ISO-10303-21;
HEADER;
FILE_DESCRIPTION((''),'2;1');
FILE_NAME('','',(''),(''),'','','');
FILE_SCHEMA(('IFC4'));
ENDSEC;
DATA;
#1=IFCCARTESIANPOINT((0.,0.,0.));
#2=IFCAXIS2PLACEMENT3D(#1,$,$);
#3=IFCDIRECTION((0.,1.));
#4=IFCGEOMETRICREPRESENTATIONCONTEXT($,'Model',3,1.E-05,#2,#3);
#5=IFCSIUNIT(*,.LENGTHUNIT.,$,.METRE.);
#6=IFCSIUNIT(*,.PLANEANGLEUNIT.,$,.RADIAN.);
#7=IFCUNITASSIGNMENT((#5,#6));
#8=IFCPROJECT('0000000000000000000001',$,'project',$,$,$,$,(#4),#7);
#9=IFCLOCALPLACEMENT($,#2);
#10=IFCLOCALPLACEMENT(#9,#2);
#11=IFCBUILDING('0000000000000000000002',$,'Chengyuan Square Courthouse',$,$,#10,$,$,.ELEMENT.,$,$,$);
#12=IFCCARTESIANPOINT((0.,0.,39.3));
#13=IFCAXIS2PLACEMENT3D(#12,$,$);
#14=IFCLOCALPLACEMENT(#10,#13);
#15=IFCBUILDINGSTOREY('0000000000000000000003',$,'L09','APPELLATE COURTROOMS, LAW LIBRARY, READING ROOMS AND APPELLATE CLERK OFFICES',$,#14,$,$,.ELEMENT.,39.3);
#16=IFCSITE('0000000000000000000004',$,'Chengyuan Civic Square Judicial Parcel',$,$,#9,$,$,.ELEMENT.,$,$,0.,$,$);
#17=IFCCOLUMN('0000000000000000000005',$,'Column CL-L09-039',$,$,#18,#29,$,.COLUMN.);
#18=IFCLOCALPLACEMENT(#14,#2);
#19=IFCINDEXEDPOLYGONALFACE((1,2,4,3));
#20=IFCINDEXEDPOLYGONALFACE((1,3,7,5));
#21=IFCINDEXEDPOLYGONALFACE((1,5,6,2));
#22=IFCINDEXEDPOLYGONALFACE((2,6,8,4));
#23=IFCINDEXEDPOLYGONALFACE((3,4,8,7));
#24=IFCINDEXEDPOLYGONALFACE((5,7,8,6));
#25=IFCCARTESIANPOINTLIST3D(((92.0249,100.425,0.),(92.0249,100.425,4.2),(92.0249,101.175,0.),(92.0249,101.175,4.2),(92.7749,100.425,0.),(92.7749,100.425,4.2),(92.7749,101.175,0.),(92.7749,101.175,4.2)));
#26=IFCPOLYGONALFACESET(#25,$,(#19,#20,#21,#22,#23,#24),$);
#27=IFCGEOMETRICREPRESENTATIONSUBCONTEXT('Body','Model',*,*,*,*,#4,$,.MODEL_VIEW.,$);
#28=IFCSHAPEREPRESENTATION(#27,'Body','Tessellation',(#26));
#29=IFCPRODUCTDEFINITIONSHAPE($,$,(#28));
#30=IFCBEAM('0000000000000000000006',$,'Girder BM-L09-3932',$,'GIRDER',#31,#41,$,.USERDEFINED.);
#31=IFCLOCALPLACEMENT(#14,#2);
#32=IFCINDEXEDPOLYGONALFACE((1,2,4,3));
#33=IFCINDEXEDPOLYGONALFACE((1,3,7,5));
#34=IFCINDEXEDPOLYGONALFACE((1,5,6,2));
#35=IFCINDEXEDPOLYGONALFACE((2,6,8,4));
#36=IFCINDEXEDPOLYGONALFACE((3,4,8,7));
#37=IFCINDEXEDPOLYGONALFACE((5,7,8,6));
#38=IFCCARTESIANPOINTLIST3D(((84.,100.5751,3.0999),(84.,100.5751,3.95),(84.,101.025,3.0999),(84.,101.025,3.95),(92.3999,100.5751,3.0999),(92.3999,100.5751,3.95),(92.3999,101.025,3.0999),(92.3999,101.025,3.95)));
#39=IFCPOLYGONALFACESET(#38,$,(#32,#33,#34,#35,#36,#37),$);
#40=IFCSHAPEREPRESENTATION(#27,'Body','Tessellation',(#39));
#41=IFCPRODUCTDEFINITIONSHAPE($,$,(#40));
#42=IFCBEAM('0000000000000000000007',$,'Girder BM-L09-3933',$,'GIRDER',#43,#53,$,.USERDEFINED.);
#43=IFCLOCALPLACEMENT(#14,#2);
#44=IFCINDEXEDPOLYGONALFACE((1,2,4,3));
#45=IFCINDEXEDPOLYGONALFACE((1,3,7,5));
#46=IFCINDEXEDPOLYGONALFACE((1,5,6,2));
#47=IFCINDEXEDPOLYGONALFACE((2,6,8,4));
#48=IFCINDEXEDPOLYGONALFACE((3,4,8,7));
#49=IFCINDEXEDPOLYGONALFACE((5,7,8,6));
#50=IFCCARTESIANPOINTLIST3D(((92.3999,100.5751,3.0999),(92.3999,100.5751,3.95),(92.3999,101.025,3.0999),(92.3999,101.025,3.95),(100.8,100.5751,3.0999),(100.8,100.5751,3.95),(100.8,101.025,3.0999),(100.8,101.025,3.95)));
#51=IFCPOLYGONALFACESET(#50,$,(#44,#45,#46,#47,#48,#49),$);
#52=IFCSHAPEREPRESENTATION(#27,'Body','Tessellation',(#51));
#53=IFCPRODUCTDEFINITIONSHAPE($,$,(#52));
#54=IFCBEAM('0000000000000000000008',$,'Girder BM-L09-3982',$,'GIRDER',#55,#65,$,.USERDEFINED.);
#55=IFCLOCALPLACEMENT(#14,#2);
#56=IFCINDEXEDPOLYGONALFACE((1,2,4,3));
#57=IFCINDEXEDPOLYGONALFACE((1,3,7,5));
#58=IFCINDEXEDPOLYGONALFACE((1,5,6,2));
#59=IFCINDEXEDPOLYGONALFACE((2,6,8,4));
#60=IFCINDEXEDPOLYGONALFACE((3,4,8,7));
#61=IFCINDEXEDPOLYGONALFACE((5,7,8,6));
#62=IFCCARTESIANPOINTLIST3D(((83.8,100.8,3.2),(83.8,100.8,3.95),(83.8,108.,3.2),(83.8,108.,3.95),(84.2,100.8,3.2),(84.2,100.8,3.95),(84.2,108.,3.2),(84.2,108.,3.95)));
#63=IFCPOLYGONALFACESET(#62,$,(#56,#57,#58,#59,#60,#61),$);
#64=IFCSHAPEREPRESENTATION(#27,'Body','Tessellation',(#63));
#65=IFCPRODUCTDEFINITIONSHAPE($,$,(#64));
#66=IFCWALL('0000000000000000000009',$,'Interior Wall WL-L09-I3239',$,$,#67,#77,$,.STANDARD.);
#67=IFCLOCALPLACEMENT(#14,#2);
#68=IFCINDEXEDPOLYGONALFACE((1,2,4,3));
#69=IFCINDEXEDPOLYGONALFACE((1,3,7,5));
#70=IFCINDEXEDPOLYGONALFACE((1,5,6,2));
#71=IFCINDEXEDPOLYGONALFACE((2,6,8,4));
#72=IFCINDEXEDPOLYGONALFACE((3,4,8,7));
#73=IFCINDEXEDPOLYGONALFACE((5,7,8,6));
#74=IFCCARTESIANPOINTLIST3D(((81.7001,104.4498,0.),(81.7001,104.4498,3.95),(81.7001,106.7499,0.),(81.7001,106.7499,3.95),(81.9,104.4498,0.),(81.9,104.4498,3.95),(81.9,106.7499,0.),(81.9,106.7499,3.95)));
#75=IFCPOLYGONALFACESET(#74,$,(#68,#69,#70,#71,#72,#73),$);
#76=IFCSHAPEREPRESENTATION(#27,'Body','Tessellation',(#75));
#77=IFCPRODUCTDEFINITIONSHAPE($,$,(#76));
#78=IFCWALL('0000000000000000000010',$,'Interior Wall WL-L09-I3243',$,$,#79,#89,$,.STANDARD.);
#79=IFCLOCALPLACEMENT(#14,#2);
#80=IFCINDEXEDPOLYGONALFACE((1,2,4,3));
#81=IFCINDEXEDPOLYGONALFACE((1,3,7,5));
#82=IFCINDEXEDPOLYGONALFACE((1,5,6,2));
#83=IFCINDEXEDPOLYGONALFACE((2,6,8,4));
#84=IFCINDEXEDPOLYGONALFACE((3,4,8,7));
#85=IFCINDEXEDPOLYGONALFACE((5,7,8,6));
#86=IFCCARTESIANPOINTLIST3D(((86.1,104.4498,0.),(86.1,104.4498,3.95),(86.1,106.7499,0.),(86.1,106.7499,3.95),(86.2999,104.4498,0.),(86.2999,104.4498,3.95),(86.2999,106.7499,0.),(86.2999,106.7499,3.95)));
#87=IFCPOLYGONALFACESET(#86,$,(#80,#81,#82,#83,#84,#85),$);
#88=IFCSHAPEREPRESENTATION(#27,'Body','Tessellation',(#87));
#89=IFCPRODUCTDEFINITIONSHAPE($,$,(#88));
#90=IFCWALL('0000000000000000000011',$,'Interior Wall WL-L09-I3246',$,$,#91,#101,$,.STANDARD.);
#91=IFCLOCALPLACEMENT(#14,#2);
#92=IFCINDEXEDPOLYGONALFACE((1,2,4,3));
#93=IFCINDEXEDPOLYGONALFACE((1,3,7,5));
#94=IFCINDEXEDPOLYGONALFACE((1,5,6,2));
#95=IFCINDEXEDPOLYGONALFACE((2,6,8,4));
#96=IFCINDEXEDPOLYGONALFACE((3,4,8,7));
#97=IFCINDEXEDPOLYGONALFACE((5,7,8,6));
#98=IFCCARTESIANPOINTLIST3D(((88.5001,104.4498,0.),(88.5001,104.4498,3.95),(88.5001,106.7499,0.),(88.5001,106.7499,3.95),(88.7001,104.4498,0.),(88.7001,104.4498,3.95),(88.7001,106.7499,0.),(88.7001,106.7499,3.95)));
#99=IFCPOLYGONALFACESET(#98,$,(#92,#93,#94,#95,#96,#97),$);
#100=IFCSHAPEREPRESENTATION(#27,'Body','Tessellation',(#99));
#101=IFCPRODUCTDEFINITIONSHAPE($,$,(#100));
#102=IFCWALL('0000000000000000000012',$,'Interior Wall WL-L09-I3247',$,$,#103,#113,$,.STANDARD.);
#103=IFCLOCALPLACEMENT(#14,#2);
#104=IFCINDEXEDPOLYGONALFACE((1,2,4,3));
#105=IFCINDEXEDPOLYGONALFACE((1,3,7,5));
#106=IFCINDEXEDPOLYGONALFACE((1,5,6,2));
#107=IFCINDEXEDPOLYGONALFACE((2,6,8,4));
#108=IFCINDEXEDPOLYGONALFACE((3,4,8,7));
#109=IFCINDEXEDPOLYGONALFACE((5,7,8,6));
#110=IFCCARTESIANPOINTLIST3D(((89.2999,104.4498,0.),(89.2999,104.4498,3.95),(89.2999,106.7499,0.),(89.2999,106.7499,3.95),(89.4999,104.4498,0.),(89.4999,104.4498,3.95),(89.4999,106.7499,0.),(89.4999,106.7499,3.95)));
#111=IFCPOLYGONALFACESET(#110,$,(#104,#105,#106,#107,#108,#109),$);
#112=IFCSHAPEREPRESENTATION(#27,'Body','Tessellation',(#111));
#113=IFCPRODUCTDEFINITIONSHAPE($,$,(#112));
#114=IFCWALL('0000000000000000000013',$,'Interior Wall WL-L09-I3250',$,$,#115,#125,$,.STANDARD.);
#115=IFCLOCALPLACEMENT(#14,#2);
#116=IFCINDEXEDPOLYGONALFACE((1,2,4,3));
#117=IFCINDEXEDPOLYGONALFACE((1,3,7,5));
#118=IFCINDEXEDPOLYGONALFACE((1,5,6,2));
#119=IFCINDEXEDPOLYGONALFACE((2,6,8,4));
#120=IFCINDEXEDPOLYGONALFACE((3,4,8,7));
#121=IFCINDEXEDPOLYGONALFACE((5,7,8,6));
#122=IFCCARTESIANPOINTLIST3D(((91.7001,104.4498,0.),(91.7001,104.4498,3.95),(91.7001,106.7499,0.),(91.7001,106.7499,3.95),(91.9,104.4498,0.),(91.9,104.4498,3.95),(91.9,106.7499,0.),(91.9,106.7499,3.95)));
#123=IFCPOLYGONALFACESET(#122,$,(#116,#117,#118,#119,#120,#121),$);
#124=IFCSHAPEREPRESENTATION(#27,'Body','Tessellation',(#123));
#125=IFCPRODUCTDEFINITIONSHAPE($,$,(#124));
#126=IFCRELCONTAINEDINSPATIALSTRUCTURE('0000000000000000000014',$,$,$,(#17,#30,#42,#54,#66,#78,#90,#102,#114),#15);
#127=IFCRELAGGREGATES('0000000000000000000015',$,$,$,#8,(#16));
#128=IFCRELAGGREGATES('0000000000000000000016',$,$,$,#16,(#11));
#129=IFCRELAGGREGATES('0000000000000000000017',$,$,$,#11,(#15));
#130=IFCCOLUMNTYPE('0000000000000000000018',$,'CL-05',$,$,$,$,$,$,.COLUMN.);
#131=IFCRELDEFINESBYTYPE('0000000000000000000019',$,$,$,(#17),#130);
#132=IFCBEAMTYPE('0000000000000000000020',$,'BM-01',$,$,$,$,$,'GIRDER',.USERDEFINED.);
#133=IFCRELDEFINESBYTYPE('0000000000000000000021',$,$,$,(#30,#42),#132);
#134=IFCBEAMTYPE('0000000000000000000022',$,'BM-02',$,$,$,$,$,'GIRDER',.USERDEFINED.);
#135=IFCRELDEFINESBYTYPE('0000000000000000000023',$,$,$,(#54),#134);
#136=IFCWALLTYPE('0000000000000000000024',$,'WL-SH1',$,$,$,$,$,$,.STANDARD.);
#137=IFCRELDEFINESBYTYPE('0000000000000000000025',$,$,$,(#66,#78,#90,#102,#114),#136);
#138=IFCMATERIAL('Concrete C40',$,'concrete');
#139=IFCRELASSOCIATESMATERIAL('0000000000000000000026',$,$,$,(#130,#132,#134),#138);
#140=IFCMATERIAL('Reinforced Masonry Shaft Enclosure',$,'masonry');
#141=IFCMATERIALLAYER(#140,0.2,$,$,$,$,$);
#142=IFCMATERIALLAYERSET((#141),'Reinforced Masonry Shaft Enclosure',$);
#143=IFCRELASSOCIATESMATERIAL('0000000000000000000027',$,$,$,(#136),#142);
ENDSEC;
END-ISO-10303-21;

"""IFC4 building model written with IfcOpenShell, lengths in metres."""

from ifc_helpers import new_model, si_unit, direction, frame, frame_2d, origin, origin_2d, place, context, subcontext, project, spatial, rectangle, extrude, material, layer, layer_set, material_profile, profile_set, type_object, element, save


model = new_model("IFC4")

# Units and contexts
model_context = context("Model", 3, precision=1e-05, world=origin(), true_north=direction((0.0, 1.0)))
body_context = subcontext(model_context, "Body", "Model", "MODEL_VIEW")
ifc_project = project(units=[si_unit("LENGTHUNIT", "METRE"), si_unit("PLANEANGLEUNIT", "RADIAN")], contexts=[model_context])

# Site, building, storey
site_placement = place(None, origin())
site = spatial("IfcSite", under=ifc_project, at=site_placement, Name="Chengyuan Civic Square Judicial Parcel", CompositionType="ELEMENT", RefElevation=0.0)
building_placement = place(site_placement, origin())
building = spatial("IfcBuilding", under=site, at=building_placement, Name="Chengyuan Square Courthouse", CompositionType="ELEMENT")
storey_placement = place(building_placement, frame((0.0, 0.0, 39.3)))
storey = spatial("IfcBuildingStorey", under=building, at=storey_placement, Name="L09", Description="APPELLATE COURTROOMS, LAW LIBRARY, READING ROOMS AND APPELLATE CLERK OFFICES", CompositionType="ELEMENT", Elevation=39.3)

# Column
ifc_material_1 = material(Name="Concrete C40", Category="concrete")
ifc_material_profile_1 = material_profile(ifc_material_1, rectangle(XDim=0.75, YDim=0.75, at=origin_2d()), Name="RC-COL-750x750")
ifc_profile_set_1 = profile_set([ifc_material_profile_1], Name="Concrete C40")
column_type = type_object("IfcColumnType", Name="CL-05", PredefinedType="COLUMN", material=ifc_profile_set_1)
column_placement = place(storey_placement, frame((92.3999, 100.8, 0.0), z_axis=(0.0, 0.0, 1.0), x_axis=(1.0, 0.0, 0.0)))
element("IfcColumn", 1, at=column_placement, inside=storey, type_object=column_type, Name="Column CL-L09-039", PredefinedType="COLUMN", context=body_context, shape_type="SweptSolid", body=[
    extrude(rectangle(XDim=0.75, YDim=0.75, at=origin_2d()), origin(), (0.0, 0.0, 1.0), 4.2),
])

# Beams
ifc_material_profile_2 = material_profile(ifc_material_1, rectangle(XDim=0.45, YDim=0.8501, at=origin_2d()), Name="RC-BM-450x850")
ifc_profile_set_2 = profile_set([ifc_material_profile_2], Name="Concrete C40")
beam_type_1 = type_object("IfcBeamType", Name="BM-01", ElementType="GIRDER", PredefinedType="USERDEFINED", material=ifc_profile_set_2)
beam_1_placement = place(storey_placement, frame((84.0, 100.8, 3.5249), z_axis=(1.0, 0.0, 0.0), x_axis=(0.0, 1.0, 0.0)))
element("IfcBeam", 2, at=beam_1_placement, inside=storey, type_object=beam_type_1, Name="Girder BM-L09-3932", ObjectType="GIRDER", PredefinedType="USERDEFINED", context=body_context, shape_type="SweptSolid", body=[
    extrude(rectangle(XDim=0.45, YDim=0.8501, at=origin_2d()), origin(), (0.0, 0.0, 1.0), 8.3999),
])
beam_2_placement = place(storey_placement, frame((92.3999, 100.8, 3.5249), z_axis=(1.0, 0.0, 0.0), x_axis=(0.0, 1.0, 0.0)))
element("IfcBeam", 3, at=beam_2_placement, inside=storey, type_object=beam_type_1, Name="Girder BM-L09-3933", ObjectType="GIRDER", PredefinedType="USERDEFINED", context=body_context, shape_type="SweptSolid", body=[
    extrude(rectangle(XDim=0.45, YDim=0.8501, at=origin_2d()), origin(), (0.0, 0.0, 1.0), 8.4001),
])
ifc_material_profile_3 = material_profile(ifc_material_1, rectangle(XDim=0.3999, YDim=0.75, at=origin_2d()), Name="RC-BM-400x750")
ifc_profile_set_3 = profile_set([ifc_material_profile_3], Name="Concrete C40")
beam_type_2 = type_object("IfcBeamType", Name="BM-02", ElementType="GIRDER", PredefinedType="USERDEFINED", material=ifc_profile_set_3)
beam_3_placement = place(storey_placement, frame((84.0, 100.8, 3.575), z_axis=(0.0, 1.0, 0.0), x_axis=(-1.0, 0.0, 0.0)))
element("IfcBeam", 4, at=beam_3_placement, inside=storey, type_object=beam_type_2, Name="Girder BM-L09-3982", ObjectType="GIRDER", PredefinedType="USERDEFINED", context=body_context, shape_type="SweptSolid", body=[
    extrude(rectangle(XDim=0.3999, YDim=0.75, at=origin_2d()), origin(), (0.0, 0.0, 1.0), 7.2),
])

# Shared definitions
ifc_material_2 = material(Name="Reinforced Masonry Shaft Enclosure", Category="masonry")
ifc_layer_1 = layer(ifc_material_2, 0.2)
ifc_layer_set_1 = layer_set([ifc_layer_1], Name="Reinforced Masonry Shaft Enclosure")
wall_type_1 = type_object("IfcWallType", Name="WL-SH1", PredefinedType="STANDARD", material=ifc_layer_set_1)

# Walls
for number, where, z_axis, x_axis, name in (
    (5, (81.8, 104.45, 0.0), (0.0, 0.0, 1.0), (0.0, 1.0, 0.0), "Interior Wall WL-L09-I3239"),
    (6, (86.2, 104.45, 0.0), (0.0, 0.0, 1.0), (0.0, 1.0, 0.0), "Interior Wall WL-L09-I3243"),
    (7, (88.6001, 104.45, 0.0), (0.0, 0.0, 1.0), (0.0, 1.0, 0.0), "Interior Wall WL-L09-I3246"),
    (8, (89.3999, 104.45, 0.0), (0.0, 0.0, 1.0), (0.0, 1.0, 0.0), "Interior Wall WL-L09-I3247"),
    (9, (91.8, 104.45, 0.0), (0.0, 0.0, 1.0), (0.0, 1.0, 0.0), "Interior Wall WL-L09-I3250"),
):
    element("IfcWall", number, at=place(storey_placement, frame(where, z_axis=z_axis, x_axis=x_axis)), inside=storey, type_object=wall_type_1, Name=name, PredefinedType="STANDARD", context=body_context, shape_type="SweptSolid", body=[
        extrude(rectangle(XDim=2.3, YDim=0.2, at=frame_2d((1.1499, 0.0))), origin(), (0.0, 0.0, 1.0), 3.95),
    ])

save(model, "model.ifc")
